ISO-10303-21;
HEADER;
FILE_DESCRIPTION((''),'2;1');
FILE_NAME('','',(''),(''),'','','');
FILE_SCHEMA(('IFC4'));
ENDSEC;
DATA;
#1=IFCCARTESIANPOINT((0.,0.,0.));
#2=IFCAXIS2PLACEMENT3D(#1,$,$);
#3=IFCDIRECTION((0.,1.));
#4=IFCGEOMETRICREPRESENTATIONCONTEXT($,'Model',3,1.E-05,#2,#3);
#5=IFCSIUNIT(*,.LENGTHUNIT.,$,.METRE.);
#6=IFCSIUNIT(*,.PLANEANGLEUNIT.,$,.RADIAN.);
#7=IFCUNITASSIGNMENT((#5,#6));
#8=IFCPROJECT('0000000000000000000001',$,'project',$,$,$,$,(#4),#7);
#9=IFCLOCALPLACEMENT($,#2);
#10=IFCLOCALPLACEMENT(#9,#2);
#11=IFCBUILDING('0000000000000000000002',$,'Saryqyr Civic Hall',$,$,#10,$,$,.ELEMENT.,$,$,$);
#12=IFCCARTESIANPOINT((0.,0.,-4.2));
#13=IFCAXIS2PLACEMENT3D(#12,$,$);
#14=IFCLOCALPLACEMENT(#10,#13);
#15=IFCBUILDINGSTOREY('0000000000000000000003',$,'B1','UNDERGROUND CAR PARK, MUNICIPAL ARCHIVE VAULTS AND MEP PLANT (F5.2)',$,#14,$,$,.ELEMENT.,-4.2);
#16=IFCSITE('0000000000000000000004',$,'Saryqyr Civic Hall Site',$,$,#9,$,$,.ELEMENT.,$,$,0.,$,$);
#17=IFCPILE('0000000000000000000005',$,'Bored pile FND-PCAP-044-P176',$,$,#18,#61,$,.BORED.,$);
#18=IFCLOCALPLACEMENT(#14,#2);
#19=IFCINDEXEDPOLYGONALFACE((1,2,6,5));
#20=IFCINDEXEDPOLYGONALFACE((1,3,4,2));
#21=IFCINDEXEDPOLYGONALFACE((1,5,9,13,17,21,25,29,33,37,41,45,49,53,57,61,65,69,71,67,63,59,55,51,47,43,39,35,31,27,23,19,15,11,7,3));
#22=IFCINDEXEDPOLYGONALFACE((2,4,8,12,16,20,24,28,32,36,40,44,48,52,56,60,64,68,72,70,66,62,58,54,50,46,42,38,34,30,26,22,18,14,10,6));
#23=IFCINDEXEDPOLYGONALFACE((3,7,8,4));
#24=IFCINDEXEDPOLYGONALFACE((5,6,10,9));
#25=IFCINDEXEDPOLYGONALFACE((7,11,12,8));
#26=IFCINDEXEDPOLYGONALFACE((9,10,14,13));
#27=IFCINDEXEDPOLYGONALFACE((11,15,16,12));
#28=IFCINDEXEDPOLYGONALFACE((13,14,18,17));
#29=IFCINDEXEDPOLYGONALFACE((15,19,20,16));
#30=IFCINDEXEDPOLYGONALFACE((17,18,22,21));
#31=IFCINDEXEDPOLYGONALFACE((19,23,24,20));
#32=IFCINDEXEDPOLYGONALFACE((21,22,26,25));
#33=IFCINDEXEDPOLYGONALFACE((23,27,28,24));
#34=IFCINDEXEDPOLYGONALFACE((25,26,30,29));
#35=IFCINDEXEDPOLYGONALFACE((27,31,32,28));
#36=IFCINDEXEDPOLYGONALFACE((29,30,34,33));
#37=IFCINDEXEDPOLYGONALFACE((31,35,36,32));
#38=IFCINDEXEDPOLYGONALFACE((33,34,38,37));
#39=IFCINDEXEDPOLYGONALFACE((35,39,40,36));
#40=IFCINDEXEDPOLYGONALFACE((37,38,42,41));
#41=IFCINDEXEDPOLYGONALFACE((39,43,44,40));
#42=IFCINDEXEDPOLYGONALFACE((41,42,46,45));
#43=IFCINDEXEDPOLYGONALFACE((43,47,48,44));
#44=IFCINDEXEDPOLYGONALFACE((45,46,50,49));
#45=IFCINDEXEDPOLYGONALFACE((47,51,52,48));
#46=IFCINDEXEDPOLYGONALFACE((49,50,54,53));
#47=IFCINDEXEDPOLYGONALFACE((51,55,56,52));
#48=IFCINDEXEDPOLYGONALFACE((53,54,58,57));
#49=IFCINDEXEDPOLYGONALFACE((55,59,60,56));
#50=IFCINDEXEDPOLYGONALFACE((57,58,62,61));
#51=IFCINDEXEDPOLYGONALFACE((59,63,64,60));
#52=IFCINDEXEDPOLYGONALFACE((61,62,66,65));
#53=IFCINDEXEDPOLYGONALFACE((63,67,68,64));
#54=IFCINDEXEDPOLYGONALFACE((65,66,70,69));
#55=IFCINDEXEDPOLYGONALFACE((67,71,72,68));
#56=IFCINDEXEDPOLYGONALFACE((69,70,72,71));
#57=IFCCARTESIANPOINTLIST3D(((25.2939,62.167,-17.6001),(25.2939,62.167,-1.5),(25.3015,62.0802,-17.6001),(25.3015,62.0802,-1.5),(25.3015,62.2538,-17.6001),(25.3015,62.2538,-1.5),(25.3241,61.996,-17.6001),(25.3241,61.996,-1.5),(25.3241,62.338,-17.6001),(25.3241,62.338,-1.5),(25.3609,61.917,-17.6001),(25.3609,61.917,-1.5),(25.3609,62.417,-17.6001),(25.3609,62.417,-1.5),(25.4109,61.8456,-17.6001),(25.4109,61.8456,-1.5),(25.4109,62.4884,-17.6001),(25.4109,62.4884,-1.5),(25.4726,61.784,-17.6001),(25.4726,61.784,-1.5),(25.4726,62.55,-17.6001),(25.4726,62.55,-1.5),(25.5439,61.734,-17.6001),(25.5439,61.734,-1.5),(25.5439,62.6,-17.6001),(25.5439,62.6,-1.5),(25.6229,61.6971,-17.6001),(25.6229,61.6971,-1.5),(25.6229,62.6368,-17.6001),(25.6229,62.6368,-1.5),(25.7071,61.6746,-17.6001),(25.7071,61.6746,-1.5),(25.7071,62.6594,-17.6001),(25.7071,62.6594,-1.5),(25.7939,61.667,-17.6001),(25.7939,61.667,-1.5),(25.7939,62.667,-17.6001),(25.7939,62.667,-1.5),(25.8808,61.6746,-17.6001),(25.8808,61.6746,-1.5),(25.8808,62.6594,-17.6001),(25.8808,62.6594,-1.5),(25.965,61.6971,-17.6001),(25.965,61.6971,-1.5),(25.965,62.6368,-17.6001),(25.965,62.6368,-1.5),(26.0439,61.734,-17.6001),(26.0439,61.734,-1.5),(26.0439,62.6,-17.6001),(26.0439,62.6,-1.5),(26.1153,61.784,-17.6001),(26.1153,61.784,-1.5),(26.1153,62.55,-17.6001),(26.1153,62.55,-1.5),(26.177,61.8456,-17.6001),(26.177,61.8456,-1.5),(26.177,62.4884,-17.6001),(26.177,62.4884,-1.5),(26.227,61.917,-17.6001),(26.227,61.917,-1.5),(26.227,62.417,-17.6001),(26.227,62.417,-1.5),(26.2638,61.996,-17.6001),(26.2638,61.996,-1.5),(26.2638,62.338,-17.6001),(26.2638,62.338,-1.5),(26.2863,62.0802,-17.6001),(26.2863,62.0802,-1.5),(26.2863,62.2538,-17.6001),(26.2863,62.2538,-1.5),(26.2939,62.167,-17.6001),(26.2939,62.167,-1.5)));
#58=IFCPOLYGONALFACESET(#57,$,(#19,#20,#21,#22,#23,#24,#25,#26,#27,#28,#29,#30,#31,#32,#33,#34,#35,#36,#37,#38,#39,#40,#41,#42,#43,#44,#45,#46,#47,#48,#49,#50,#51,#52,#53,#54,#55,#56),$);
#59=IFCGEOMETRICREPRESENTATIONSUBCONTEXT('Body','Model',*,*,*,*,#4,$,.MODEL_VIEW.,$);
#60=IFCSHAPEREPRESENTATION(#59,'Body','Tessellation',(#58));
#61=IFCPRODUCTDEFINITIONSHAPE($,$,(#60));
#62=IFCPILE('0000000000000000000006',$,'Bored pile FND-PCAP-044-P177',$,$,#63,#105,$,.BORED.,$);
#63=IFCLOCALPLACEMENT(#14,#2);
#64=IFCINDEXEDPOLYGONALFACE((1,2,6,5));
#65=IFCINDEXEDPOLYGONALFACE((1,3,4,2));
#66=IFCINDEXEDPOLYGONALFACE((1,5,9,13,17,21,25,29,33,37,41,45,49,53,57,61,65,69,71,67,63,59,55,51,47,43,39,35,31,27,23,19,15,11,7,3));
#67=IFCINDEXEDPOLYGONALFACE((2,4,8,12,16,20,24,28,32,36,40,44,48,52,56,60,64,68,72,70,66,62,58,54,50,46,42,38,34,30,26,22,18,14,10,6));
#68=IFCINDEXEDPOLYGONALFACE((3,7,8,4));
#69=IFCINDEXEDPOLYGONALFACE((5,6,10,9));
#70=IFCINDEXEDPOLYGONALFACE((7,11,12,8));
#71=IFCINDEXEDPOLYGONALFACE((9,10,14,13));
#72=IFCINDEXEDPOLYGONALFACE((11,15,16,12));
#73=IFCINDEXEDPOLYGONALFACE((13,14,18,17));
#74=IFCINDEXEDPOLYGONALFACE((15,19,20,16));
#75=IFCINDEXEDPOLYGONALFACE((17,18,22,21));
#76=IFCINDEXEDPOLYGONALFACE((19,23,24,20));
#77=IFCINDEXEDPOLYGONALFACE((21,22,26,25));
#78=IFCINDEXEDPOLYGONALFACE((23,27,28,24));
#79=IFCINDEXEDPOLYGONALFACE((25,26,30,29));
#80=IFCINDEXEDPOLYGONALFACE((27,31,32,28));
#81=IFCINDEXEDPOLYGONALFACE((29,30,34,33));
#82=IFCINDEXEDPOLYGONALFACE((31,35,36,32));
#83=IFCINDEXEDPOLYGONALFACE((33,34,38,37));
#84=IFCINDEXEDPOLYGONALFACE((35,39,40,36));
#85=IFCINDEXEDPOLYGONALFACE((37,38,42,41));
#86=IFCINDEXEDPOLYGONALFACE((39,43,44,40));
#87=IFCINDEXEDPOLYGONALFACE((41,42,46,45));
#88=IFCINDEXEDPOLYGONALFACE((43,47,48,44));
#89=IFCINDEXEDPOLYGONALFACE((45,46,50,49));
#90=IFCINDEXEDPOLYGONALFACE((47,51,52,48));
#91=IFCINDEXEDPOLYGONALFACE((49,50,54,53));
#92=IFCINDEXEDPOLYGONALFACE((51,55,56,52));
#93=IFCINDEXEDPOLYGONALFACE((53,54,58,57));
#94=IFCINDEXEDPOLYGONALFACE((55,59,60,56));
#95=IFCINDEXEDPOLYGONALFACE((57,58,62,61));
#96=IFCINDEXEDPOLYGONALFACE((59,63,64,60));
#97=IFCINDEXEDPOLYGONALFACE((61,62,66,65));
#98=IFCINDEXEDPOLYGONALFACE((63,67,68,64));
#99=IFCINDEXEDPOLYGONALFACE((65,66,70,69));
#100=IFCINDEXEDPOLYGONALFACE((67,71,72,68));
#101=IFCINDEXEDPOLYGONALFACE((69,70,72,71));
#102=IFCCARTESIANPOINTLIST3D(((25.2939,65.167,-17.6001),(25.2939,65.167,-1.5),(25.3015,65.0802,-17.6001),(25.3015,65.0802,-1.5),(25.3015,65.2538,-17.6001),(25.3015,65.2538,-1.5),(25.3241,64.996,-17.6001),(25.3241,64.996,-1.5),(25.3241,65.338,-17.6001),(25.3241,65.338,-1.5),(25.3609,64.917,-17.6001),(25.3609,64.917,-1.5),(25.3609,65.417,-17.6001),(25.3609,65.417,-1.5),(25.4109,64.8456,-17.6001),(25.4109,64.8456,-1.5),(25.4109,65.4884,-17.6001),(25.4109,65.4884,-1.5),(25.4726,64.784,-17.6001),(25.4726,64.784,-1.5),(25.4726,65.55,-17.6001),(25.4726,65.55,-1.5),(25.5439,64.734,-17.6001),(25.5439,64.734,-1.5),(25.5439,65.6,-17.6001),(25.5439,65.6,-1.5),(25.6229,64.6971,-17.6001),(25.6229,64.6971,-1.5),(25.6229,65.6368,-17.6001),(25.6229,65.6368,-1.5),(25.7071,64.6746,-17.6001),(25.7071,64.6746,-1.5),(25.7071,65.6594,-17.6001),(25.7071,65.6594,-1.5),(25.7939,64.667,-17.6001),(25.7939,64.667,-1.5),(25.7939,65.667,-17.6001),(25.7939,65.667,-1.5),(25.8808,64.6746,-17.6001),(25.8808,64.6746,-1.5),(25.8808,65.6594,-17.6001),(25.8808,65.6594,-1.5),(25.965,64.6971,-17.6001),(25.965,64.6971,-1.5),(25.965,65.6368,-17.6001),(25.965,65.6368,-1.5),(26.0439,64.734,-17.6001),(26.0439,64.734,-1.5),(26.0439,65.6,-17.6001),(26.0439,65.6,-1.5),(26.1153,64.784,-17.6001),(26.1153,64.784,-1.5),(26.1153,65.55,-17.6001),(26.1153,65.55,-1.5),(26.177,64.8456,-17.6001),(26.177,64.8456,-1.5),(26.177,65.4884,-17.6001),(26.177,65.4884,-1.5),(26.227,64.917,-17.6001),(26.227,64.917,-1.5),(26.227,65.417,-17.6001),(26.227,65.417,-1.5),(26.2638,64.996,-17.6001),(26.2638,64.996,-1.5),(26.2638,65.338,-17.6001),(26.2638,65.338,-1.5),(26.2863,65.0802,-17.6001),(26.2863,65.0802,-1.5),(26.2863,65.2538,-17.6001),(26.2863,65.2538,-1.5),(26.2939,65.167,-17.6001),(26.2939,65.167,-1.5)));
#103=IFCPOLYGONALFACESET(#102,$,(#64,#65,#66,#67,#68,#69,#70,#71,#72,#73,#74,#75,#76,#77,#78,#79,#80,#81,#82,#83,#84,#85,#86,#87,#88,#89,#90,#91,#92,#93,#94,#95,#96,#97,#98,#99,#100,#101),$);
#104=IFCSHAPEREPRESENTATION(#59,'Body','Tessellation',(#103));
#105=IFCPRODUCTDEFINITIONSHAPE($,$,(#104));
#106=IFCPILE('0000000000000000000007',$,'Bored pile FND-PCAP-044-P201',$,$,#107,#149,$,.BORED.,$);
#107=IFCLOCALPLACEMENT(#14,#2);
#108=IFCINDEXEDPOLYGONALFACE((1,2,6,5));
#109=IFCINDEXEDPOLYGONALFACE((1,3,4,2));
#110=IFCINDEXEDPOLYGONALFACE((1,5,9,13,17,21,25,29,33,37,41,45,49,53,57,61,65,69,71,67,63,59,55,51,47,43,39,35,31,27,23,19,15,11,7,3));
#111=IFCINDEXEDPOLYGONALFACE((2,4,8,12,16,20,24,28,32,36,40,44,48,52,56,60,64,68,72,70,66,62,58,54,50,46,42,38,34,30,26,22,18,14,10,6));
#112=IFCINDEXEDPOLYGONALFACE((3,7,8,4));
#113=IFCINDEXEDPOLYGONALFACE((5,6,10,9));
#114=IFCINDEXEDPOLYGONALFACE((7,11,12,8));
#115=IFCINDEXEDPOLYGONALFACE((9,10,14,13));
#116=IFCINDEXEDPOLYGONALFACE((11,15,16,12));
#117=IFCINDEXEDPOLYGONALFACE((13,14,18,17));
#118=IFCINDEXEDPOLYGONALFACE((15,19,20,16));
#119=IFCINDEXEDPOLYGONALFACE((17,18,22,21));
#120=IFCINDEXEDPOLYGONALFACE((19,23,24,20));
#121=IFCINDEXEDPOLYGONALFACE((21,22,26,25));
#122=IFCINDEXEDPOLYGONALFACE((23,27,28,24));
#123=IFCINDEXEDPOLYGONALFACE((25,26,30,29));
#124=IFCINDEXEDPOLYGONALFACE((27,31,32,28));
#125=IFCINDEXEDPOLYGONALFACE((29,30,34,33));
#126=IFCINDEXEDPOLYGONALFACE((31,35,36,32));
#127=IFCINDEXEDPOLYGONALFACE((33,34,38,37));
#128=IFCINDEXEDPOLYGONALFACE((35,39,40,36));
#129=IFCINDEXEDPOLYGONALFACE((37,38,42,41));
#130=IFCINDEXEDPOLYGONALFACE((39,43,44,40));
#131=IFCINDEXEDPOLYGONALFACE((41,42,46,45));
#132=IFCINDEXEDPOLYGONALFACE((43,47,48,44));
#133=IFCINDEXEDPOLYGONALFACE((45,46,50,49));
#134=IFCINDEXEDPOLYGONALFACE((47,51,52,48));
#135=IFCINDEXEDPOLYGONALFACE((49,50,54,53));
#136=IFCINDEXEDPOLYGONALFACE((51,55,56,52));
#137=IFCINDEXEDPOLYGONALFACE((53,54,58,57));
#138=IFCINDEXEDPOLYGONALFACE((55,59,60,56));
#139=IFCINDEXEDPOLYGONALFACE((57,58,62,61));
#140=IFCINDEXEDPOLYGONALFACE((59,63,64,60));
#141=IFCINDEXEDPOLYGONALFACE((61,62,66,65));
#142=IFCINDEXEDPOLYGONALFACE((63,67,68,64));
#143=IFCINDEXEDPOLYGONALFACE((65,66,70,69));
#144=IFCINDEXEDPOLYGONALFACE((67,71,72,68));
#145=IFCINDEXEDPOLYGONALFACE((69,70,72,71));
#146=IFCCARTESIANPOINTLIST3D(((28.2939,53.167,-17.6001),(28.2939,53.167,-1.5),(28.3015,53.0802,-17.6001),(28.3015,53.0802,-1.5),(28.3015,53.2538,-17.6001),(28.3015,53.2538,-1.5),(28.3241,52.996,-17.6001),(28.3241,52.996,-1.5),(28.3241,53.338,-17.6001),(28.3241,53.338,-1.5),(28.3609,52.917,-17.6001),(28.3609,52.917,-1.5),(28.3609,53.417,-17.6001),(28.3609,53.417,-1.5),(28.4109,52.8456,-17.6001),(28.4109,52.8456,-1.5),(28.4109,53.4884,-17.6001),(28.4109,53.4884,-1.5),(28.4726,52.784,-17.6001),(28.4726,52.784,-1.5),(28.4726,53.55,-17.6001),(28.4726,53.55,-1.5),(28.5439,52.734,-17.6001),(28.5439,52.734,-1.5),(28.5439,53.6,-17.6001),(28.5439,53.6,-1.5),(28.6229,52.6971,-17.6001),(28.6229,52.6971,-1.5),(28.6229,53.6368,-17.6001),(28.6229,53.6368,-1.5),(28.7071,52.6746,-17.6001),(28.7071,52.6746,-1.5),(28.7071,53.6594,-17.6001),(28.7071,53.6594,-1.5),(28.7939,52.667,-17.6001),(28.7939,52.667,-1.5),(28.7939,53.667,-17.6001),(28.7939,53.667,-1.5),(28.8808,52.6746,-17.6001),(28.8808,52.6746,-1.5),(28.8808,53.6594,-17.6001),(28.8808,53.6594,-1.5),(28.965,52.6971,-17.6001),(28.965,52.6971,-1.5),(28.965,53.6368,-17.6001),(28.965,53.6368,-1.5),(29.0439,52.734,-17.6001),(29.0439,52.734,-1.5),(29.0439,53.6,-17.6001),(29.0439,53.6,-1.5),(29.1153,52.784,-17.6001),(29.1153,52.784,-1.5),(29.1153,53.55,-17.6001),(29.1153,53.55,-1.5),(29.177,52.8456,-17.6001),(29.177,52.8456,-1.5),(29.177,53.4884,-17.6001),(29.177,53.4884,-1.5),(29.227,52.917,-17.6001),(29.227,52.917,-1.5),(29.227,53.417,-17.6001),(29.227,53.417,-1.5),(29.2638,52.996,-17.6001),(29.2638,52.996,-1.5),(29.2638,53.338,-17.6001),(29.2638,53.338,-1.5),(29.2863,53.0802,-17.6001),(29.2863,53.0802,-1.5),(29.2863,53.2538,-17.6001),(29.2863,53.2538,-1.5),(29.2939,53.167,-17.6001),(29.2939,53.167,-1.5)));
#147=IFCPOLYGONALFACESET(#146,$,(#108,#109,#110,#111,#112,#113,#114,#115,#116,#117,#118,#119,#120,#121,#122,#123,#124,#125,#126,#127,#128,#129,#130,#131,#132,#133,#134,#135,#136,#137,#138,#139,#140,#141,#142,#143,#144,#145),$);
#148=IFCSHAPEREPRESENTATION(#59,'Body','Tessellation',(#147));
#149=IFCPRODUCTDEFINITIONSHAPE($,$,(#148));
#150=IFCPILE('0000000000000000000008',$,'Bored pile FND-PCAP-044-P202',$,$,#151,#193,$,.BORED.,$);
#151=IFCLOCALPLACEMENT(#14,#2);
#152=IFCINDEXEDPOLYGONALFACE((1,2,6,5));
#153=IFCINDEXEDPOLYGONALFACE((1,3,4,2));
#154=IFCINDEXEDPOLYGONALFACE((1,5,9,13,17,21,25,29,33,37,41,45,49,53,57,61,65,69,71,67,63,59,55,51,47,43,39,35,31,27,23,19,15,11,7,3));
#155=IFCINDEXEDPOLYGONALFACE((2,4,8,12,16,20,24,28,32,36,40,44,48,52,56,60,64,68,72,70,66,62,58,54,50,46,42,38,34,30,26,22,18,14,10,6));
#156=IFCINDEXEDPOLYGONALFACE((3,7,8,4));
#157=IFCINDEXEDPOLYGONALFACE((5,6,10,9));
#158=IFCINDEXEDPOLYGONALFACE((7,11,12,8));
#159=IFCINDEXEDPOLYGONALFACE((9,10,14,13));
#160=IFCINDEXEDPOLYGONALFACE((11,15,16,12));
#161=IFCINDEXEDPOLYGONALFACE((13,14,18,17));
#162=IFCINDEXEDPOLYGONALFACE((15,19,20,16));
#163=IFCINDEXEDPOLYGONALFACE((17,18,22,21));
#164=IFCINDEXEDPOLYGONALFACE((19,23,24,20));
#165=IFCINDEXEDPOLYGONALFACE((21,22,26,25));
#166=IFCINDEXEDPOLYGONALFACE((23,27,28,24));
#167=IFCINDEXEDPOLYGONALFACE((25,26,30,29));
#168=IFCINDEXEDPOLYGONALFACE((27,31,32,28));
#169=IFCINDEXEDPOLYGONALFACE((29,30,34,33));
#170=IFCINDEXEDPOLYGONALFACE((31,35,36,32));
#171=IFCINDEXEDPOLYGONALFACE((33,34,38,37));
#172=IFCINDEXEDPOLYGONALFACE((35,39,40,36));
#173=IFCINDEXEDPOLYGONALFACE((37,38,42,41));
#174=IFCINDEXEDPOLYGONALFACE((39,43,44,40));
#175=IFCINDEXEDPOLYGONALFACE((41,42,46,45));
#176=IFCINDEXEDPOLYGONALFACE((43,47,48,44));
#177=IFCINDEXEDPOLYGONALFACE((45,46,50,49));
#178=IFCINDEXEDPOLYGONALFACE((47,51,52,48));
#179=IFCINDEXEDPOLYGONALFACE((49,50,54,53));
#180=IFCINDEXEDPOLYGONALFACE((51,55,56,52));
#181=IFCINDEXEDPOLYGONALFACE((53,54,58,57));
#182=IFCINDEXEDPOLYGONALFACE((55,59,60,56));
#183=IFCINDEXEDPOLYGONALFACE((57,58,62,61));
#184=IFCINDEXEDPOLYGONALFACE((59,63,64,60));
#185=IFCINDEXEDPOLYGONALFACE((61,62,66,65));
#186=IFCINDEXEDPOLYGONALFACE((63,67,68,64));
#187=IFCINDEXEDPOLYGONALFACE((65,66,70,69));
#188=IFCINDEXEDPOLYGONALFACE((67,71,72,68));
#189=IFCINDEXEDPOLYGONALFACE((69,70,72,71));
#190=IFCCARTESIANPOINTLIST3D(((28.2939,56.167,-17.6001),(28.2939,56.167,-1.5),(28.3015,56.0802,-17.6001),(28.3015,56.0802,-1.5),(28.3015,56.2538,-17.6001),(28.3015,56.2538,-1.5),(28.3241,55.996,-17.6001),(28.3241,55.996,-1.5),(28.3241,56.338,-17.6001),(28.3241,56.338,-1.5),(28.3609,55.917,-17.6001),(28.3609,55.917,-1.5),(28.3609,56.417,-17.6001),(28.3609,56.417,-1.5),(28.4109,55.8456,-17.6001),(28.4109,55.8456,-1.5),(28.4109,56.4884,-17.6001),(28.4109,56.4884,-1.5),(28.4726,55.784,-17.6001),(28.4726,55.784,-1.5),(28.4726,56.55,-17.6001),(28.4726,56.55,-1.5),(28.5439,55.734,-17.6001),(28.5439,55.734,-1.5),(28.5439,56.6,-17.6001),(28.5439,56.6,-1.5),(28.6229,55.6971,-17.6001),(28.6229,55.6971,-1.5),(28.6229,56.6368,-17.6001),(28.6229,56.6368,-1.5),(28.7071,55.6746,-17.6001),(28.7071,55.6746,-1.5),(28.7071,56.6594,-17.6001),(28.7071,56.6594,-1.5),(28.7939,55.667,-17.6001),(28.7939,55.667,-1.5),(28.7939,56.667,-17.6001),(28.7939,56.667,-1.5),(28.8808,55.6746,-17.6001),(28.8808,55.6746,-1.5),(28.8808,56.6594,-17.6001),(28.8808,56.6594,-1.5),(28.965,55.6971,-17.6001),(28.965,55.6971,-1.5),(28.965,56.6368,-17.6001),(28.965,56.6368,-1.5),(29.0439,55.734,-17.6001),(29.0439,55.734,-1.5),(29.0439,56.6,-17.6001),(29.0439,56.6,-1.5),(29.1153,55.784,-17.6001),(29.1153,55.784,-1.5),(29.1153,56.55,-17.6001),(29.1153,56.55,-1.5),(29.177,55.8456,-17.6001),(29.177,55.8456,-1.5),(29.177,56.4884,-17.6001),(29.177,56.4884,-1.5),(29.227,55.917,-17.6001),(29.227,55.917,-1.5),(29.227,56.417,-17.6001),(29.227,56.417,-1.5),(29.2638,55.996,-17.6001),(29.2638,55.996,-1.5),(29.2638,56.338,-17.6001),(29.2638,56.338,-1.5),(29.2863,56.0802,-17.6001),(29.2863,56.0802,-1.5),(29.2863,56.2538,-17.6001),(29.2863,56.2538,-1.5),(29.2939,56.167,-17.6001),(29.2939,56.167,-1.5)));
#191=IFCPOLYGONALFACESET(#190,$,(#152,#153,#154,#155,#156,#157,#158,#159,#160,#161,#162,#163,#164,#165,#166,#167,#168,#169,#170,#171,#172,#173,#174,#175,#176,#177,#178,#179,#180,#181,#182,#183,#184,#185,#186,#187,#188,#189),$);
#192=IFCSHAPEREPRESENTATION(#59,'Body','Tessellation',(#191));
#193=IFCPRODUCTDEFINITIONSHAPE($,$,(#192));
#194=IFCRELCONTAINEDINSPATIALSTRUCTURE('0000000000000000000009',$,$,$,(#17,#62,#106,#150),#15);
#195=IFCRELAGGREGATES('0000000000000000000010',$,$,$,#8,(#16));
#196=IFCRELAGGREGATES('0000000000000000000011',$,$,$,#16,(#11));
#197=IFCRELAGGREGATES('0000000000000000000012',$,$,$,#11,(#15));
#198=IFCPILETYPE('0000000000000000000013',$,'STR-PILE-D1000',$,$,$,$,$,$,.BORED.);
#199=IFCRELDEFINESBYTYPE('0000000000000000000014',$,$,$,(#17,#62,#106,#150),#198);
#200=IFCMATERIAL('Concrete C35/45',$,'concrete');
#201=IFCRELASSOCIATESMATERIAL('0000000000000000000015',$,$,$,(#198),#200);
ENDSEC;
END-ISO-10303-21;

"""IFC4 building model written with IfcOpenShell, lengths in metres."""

from ifc_helpers import new_model, si_unit, direction, frame, origin, origin_2d, place, context, subcontext, project, spatial, circle, extrude, material, material_profile, profile_set, type_object, element, save


model = new_model("IFC4")

# Units and contexts
model_context = context("Model", 3, precision=1e-05, world=origin(), true_north=direction((0.0, 1.0)))
body_context = subcontext(model_context, "Body", "Model", "MODEL_VIEW")
ifc_project = project(units=[si_unit("LENGTHUNIT", "METRE"), si_unit("PLANEANGLEUNIT", "RADIAN")], contexts=[model_context])

# Site, building, storey
site_placement = place(None, origin())
site = spatial("IfcSite", under=ifc_project, at=site_placement, Name="Saryqyr Civic Hall Site", CompositionType="ELEMENT", RefElevation=0.0)
building_placement = place(site_placement, origin())
building = spatial("IfcBuilding", under=site, at=building_placement, Name="Saryqyr Civic Hall", CompositionType="ELEMENT")
storey_placement = place(building_placement, frame((0.0, 0.0, -4.2)))
storey = spatial("IfcBuildingStorey", under=building, at=storey_placement, Name="B1", Description="UNDERGROUND CAR PARK, MUNICIPAL ARCHIVE VAULTS AND MEP PLANT (F5.2)", CompositionType="ELEMENT", Elevation=-4.2)

# Piles
ifc_material_1 = material(Name="Concrete C35/45", Category="concrete")
ifc_material_profile_1 = material_profile(ifc_material_1, circle(Radius=0.5, at=origin_2d()), Name="BORED PILE D1000")
ifc_profile_set_1 = profile_set([ifc_material_profile_1], Name="Concrete C35/45")
pile_type = type_object("IfcPileType", Name="STR-PILE-D1000", PredefinedType="BORED", material=ifc_profile_set_1)
for number, where, z_axis, x_axis, name in (
    (1, (25.7939, 62.167, -1.5), (0.0, 0.0, -1.0), (1.0, 0.0, 0.0), "Bored pile FND-PCAP-044-P176"),
    (2, (25.7939, 65.167, -1.5), (0.0, 0.0, -1.0), (1.0, 0.0, 0.0), "Bored pile FND-PCAP-044-P177"),
    (3, (28.7939, 53.167, -1.5), (0.0, 0.0, -1.0), (1.0, 0.0, 0.0), "Bored pile FND-PCAP-044-P201"),
    (4, (28.7939, 56.167, -1.5), (0.0, 0.0, -1.0), (1.0, 0.0, 0.0), "Bored pile FND-PCAP-044-P202"),
):
    element("IfcPile", number, at=place(storey_placement, frame(where, z_axis=z_axis, x_axis=x_axis)), inside=storey, type_object=pile_type, Name=name, PredefinedType="BORED", context=body_context, shape_type="SweptSolid", body=[
        extrude(circle(Radius=0.5, at=origin_2d()), origin(), (0.0, 0.0, 1.0), 16.1001),
    ])

save(model, "model.ifc")
